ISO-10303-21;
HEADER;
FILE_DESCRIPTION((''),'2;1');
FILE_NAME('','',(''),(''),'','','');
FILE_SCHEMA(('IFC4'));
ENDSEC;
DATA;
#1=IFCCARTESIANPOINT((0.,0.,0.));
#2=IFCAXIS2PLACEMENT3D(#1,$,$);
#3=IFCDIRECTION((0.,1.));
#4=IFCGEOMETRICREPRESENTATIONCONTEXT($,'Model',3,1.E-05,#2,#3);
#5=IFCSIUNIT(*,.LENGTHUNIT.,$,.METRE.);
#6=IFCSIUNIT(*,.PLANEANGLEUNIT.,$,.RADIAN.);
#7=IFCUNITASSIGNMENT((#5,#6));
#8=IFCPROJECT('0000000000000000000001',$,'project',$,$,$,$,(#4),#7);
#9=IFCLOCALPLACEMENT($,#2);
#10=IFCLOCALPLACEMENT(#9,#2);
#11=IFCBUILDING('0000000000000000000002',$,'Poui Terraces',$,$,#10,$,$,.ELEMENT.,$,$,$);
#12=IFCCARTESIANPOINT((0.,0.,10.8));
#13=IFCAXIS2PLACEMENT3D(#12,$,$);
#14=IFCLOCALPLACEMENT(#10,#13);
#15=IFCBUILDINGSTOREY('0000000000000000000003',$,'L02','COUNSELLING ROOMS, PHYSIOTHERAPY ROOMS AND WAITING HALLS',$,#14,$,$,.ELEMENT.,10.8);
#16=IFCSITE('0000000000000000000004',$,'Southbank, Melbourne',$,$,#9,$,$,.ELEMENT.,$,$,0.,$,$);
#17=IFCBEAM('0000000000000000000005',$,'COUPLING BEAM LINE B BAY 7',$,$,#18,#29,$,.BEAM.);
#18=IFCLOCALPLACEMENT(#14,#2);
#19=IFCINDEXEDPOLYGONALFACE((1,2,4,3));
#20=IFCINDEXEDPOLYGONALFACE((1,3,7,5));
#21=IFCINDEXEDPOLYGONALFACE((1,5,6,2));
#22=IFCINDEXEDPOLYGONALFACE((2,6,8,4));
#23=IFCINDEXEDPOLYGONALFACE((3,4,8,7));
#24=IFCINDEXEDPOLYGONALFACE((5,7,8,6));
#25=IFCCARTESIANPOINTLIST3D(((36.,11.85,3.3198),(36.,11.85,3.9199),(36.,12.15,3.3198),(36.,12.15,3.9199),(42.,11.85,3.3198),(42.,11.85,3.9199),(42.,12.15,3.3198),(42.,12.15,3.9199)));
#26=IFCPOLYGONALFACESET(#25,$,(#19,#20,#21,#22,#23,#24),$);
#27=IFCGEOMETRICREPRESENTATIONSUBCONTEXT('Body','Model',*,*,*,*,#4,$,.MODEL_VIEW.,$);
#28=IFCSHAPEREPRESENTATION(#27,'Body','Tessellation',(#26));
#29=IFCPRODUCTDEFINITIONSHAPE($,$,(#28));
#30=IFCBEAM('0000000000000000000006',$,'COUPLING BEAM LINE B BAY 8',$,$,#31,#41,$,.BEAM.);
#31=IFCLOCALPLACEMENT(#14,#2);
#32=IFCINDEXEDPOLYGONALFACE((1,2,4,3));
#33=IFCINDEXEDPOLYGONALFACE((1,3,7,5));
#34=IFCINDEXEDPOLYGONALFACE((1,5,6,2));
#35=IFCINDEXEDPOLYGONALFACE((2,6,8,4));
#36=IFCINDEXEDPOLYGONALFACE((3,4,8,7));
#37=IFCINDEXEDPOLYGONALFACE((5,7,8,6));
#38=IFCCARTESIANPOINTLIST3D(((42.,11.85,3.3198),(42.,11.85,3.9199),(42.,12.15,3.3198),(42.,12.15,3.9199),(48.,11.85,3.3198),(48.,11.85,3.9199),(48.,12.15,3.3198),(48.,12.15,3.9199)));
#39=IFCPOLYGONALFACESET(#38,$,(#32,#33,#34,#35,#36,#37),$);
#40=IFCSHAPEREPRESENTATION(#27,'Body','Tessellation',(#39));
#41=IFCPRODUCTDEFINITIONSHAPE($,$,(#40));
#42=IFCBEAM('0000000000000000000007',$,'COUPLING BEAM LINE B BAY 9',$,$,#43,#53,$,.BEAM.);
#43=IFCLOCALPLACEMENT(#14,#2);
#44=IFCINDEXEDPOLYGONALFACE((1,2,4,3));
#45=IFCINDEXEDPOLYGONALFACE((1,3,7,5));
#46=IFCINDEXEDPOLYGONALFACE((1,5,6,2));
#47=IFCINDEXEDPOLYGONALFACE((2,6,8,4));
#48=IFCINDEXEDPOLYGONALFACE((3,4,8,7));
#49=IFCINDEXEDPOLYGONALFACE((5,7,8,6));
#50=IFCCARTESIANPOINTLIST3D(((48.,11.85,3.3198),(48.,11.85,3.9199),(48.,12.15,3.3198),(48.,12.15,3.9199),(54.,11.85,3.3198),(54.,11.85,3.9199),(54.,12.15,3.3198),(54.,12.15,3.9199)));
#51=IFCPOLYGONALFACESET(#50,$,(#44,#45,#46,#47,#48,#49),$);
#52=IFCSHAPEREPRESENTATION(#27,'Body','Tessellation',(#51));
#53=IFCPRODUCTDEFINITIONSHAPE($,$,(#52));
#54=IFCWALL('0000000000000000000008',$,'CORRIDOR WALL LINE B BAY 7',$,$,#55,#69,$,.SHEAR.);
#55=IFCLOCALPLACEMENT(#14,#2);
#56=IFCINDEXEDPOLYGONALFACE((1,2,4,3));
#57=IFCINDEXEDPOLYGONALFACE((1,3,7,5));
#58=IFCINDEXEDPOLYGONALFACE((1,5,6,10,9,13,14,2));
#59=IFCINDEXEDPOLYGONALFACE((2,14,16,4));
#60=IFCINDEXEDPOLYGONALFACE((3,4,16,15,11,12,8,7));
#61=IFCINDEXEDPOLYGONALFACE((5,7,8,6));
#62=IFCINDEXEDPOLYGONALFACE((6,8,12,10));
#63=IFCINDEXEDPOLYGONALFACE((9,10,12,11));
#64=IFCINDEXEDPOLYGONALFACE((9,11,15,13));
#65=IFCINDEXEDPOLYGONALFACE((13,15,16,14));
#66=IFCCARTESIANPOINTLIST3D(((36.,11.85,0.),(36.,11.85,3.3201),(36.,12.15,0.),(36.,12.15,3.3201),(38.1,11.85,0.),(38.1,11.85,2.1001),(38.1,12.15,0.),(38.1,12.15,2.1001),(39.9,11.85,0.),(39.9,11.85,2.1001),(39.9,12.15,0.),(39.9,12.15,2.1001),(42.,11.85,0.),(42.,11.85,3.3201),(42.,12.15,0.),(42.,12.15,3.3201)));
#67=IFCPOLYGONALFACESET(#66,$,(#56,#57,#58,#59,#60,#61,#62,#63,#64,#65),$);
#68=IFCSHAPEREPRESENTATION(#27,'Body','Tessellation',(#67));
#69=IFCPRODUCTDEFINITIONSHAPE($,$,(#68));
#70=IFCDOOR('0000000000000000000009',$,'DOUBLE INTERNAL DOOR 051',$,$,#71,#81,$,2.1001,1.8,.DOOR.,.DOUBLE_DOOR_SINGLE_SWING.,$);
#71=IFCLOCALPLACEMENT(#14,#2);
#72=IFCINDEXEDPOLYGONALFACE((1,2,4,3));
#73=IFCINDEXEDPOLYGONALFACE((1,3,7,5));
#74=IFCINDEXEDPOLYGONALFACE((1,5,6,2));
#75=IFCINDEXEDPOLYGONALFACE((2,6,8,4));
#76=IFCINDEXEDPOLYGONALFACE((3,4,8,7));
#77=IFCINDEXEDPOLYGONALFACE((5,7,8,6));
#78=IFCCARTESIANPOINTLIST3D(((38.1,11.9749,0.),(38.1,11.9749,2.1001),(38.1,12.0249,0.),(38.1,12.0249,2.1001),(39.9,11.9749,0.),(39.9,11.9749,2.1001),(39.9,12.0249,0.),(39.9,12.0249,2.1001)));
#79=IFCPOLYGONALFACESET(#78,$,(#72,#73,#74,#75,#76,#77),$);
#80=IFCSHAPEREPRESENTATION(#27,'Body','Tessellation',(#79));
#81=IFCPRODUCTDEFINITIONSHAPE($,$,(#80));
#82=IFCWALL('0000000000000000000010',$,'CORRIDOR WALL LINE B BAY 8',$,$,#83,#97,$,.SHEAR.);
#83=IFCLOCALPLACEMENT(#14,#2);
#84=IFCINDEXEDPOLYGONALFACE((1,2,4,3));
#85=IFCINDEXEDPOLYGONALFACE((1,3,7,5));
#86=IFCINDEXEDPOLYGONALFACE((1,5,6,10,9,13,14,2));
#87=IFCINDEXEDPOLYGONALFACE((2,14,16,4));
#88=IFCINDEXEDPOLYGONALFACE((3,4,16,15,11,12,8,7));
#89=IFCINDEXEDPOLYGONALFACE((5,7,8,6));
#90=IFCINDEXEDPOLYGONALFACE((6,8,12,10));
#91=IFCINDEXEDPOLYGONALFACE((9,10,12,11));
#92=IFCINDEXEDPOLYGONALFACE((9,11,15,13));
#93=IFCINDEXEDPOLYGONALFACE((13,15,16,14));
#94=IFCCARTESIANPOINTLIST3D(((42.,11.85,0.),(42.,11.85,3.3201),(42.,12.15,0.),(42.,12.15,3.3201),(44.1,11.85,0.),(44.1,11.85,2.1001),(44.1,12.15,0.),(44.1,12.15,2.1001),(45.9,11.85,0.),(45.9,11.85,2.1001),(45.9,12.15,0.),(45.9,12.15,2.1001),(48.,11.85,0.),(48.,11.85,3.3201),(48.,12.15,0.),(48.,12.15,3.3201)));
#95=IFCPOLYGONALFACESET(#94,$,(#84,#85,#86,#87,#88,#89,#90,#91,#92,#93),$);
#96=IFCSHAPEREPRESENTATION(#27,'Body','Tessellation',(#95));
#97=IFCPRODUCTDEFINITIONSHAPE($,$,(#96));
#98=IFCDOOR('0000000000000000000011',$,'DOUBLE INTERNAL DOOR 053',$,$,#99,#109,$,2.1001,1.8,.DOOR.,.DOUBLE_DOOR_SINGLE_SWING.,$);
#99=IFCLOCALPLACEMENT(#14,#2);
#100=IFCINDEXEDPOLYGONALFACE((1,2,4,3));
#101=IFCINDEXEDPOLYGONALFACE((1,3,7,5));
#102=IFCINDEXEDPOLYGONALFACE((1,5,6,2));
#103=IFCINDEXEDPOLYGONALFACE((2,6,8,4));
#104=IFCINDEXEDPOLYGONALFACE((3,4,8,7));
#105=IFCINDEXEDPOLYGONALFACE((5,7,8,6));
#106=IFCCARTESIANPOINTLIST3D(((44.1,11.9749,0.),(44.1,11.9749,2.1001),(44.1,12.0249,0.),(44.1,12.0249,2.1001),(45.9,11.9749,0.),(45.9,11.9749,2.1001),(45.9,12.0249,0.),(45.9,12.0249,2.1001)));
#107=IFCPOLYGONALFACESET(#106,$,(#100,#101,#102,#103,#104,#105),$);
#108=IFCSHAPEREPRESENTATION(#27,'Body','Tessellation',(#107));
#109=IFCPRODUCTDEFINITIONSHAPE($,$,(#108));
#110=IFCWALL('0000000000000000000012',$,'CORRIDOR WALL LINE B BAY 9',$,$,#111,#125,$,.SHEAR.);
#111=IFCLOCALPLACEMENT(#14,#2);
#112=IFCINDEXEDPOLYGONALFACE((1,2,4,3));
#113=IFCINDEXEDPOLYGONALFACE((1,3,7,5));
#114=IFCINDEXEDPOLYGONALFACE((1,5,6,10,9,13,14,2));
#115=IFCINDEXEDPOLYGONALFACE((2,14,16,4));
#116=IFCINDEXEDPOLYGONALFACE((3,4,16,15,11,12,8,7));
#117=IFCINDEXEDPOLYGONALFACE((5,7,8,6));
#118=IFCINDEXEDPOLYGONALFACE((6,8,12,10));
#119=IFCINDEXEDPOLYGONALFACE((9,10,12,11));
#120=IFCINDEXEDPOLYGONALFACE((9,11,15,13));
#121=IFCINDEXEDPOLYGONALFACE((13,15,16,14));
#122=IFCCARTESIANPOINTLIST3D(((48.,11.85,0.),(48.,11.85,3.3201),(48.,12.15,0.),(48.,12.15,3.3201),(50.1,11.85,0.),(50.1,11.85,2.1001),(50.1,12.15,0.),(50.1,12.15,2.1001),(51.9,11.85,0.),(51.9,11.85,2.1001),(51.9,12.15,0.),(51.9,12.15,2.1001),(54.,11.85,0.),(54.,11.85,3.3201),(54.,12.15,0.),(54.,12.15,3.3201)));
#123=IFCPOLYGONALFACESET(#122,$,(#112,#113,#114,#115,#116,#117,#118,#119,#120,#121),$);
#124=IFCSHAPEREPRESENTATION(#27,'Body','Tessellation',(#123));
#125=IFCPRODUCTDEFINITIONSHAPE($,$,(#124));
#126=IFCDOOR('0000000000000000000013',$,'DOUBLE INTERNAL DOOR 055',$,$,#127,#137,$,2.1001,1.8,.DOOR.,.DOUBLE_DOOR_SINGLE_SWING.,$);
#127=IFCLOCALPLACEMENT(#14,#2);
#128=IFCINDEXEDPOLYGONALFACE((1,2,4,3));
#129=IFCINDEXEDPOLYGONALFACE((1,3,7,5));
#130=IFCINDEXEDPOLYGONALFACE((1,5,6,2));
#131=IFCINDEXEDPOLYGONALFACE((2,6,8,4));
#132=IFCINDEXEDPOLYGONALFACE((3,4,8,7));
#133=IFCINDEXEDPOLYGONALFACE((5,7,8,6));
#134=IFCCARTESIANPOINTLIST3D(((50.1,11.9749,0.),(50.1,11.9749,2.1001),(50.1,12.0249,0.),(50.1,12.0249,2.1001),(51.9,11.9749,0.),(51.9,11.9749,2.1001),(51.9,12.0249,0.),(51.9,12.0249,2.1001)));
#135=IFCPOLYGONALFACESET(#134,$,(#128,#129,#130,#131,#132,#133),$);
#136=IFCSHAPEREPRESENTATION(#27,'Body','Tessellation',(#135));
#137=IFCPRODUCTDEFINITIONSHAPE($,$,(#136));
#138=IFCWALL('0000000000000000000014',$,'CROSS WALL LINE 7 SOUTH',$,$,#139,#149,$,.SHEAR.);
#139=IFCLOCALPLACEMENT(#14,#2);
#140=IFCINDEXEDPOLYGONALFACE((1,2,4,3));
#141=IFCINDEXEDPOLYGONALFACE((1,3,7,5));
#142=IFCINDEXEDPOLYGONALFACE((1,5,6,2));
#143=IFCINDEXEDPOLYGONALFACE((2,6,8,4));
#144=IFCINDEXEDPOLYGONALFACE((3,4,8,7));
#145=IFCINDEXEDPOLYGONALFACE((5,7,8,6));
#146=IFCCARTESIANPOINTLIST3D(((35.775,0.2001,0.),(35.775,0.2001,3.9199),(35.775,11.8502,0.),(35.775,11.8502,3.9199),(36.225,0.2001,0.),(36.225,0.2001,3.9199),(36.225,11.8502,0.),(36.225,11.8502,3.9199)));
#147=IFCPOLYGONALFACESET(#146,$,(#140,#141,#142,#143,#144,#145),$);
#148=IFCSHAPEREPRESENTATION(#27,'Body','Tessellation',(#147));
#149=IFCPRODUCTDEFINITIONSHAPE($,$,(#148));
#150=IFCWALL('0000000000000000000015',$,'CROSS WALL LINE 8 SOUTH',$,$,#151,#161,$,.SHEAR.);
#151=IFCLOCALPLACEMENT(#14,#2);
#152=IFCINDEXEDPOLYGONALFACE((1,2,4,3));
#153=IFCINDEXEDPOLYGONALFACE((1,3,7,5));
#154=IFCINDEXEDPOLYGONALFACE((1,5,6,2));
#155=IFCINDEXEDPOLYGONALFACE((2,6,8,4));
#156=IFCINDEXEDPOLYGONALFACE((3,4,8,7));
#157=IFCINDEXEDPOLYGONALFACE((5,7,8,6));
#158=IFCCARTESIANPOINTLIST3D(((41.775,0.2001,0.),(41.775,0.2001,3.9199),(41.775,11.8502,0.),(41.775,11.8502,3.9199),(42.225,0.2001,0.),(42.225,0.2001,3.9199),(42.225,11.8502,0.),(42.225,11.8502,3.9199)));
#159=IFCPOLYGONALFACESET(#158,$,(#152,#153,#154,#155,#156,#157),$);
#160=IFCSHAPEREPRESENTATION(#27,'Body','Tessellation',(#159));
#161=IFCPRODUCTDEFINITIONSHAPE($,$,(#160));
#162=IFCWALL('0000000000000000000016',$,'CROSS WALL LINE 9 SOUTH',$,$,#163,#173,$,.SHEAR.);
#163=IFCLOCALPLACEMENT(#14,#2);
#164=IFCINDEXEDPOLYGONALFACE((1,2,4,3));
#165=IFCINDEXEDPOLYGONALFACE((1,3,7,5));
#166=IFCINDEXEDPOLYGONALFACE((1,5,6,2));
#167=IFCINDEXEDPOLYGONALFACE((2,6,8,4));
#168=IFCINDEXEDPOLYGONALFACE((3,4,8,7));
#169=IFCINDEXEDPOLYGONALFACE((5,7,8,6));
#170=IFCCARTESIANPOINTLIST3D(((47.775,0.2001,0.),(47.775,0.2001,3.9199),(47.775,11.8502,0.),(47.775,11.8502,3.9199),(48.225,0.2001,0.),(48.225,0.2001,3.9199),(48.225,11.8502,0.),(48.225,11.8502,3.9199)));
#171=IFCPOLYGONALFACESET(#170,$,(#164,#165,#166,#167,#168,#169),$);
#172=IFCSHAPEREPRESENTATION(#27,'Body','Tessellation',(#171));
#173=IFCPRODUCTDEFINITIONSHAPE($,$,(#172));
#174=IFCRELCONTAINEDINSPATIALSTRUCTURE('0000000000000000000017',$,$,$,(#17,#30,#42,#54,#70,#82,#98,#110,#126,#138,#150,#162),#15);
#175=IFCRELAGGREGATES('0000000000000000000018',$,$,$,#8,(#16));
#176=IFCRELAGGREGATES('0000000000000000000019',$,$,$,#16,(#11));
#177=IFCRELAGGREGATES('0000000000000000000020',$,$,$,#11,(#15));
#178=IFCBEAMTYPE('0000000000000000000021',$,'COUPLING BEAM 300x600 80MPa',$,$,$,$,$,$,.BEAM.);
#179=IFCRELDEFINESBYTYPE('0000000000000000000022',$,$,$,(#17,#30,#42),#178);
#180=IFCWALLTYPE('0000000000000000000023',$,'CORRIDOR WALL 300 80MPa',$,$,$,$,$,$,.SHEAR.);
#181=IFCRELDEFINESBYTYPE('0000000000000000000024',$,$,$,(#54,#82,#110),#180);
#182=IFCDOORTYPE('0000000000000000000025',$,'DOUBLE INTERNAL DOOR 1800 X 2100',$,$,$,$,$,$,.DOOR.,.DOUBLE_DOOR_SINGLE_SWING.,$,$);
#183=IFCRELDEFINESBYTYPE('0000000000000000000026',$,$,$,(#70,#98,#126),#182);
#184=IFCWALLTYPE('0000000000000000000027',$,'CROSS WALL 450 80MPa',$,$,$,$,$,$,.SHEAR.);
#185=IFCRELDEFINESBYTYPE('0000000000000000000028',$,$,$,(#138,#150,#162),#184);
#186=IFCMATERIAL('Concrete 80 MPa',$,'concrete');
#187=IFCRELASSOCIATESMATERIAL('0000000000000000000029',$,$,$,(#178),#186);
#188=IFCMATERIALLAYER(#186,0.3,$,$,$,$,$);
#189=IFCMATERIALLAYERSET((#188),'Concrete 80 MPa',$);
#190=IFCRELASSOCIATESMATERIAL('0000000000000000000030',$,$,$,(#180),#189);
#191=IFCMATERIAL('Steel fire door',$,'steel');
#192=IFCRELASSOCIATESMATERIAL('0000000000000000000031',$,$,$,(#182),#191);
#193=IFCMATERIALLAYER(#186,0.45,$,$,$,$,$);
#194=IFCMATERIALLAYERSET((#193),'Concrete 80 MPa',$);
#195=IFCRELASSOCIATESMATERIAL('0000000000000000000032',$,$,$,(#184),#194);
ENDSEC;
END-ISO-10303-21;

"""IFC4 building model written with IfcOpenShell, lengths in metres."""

from ifc_helpers import new_model, si_unit, direction, frame, frame_2d, origin, origin_2d, place, context, subcontext, project, spatial, rectangle, extrude, source, transform, mapped, material, layer, layer_set, material_profile, profile_set, type_object, element, fill, save


model = new_model("IFC4")

# Units and contexts
model_context = context("Model", 3, precision=1e-05, world=origin(), true_north=direction((0.0, 1.0)))
body_context = subcontext(model_context, "Body", "Model", "MODEL_VIEW")
ifc_project = project(units=[si_unit("LENGTHUNIT", "METRE"), si_unit("PLANEANGLEUNIT", "RADIAN")], contexts=[model_context])

# Site, building, storey
site_placement = place(None, origin())
site = spatial("IfcSite", under=ifc_project, at=site_placement, Name="Southbank, Melbourne", CompositionType="ELEMENT", RefElevation=0.0)
building_placement = place(site_placement, origin())
building = spatial("IfcBuilding", under=site, at=building_placement, Name="Poui Terraces", CompositionType="ELEMENT")
storey_placement = place(building_placement, frame((0.0, 0.0, 10.8)))
storey = spatial("IfcBuildingStorey", under=building, at=storey_placement, Name="L02", Description="COUNSELLING ROOMS, PHYSIOTHERAPY ROOMS AND WAITING HALLS", CompositionType="ELEMENT", Elevation=10.8)

# Beams
ifc_material_1 = material(Name="Concrete 80 MPa", Category="concrete")
ifc_material_profile = material_profile(ifc_material_1, rectangle(XDim=0.3, YDim=0.6001, at=origin_2d()), Name="RC 300x600")
ifc_profile_set = profile_set([ifc_material_profile], Name="Concrete 80 MPa")
beam_type = type_object("IfcBeamType", Name="COUPLING BEAM 300x600 80MPa", PredefinedType="BEAM", material=ifc_profile_set)
shared_shape = source(origin(), body_context, "Body", "SweptSolid", [
    extrude(rectangle(XDim=0.3, YDim=0.6001, at=origin_2d()), origin(), (0.0, 0.0, 1.0), 6.0),
])
for number, where, z_axis, x_axis, name in (
    (1, (36.0, 12.0, 3.6199), (1.0, 0.0, 0.0), (0.0, 1.0, 0.0), "COUPLING BEAM LINE B BAY 7"),
    (2, (42.0, 12.0, 3.6199), (1.0, 0.0, 0.0), (0.0, 1.0, 0.0), "COUPLING BEAM LINE B BAY 8"),
    (3, (48.0, 12.0, 3.6199), (1.0, 0.0, 0.0), (0.0, 1.0, 0.0), "COUPLING BEAM LINE B BAY 9"),
):
    element("IfcBeam", number, at=place(storey_placement, frame(where, z_axis=z_axis, x_axis=x_axis)), inside=storey, type_object=beam_type, Name=name, PredefinedType="BEAM", context=body_context, shape_type="MappedRepresentation", body=[
        mapped(shared_shape, transform((0.0, 0.0, 0.0))),
    ])

# Walls, openings, doors
ifc_layer_1 = layer(ifc_material_1, 0.3)
ifc_layer_set_1 = layer_set([ifc_layer_1], Name="Concrete 80 MPa")
wall_type_1 = type_object("IfcWallType", Name="CORRIDOR WALL 300 80MPa", PredefinedType="SHEAR", material=ifc_layer_set_1)
wall_1_placement = place(storey_placement, frame((36.0, 12.0, 0.0), z_axis=(0.0, 0.0, 1.0), x_axis=(1.0, 0.0, 0.0)))
wall_1 = element("IfcWall", 4, at=wall_1_placement, inside=storey, type_object=wall_type_1, Name="CORRIDOR WALL LINE B BAY 7", PredefinedType="SHEAR", context=body_context, shape_type="SweptSolid", body=[
    extrude(rectangle(XDim=6.0, YDim=0.3, at=frame_2d((3.0, 0.0))), origin(), (0.0, 0.0, 1.0), 3.3201),
])
opening_1_placement = place(wall_1_placement, frame((2.1001, 0.0, 0.0)))
opening_1 = element("IfcOpeningElement", 5, at=opening_1_placement, cuts=wall_1, PredefinedType="OPENING", context=body_context, shape_type="SweptSolid", body=[
    extrude(rectangle(XDim=1.8, YDim=2.1001, at=frame_2d((0.8999, 1.05))), frame((0.0, 0.1602, 0.0), z_axis=(0.0, -1.0, 0.0), x_axis=(1.0, 0.0, 0.0)), (0.0, 0.0, 1.0), 0.3201),
])
ifc_material_2 = material(Name="Steel fire door", Category="steel")
door_type_1 = type_object("IfcDoorType", Name="DOUBLE INTERNAL DOOR 1800 X 2100", OperationType="DOUBLE_DOOR_SINGLE_SWING", PredefinedType="DOOR", material=ifc_material_2)
door_1_placement = place(opening_1_placement, origin())
door_1 = element("IfcDoor", 6, at=door_1_placement, inside=storey, type_object=door_type_1, Name="DOUBLE INTERNAL DOOR 051", OperationType="DOUBLE_DOOR_SINGLE_SWING", OverallHeight=2.1001, OverallWidth=1.8, PredefinedType="DOOR", context=body_context, shape_type="SweptSolid", body=[
    extrude(rectangle(XDim=1.8, YDim=2.1001, at=frame_2d((0.8999, 1.05))), frame((0.0, 0.0249, 0.0), z_axis=(0.0, -1.0, 0.0), x_axis=(1.0, 0.0, 0.0)), (0.0, 0.0, 1.0), 0.05),
])
fill(opening_1, door_1)
wall_2_placement = place(storey_placement, frame((42.0, 12.0, 0.0), z_axis=(0.0, 0.0, 1.0), x_axis=(1.0, 0.0, 0.0)))
wall_2 = element("IfcWall", 7, at=wall_2_placement, inside=storey, type_object=wall_type_1, Name="CORRIDOR WALL LINE B BAY 8", PredefinedType="SHEAR", context=body_context, shape_type="SweptSolid", body=[
    extrude(rectangle(XDim=6.0, YDim=0.3, at=frame_2d((3.0, 0.0))), origin(), (0.0, 0.0, 1.0), 3.3201),
])
opening_2_placement = place(wall_2_placement, frame((2.1001, 0.0, 0.0)))
opening_2 = element("IfcOpeningElement", 8, at=opening_2_placement, cuts=wall_2, PredefinedType="OPENING", context=body_context, shape_type="SweptSolid", body=[
    extrude(rectangle(XDim=1.8, YDim=2.1001, at=frame_2d((0.8999, 1.05))), frame((0.0, 0.1602, 0.0), z_axis=(0.0, -1.0, 0.0), x_axis=(1.0, 0.0, 0.0)), (0.0, 0.0, 1.0), 0.3201),
])
door_2_placement = place(opening_2_placement, origin())
door_2 = element("IfcDoor", 9, at=door_2_placement, inside=storey, type_object=door_type_1, Name="DOUBLE INTERNAL DOOR 053", OperationType="DOUBLE_DOOR_SINGLE_SWING", OverallHeight=2.1001, OverallWidth=1.8, PredefinedType="DOOR", context=body_context, shape_type="SweptSolid", body=[
    extrude(rectangle(XDim=1.8, YDim=2.1001, at=frame_2d((0.8999, 1.05))), frame((0.0, 0.0249, 0.0), z_axis=(0.0, -1.0, 0.0), x_axis=(1.0, 0.0, 0.0)), (0.0, 0.0, 1.0), 0.05),
])
fill(opening_2, door_2)
wall_3_placement = place(storey_placement, frame((48.0, 12.0, 0.0), z_axis=(0.0, 0.0, 1.0), x_axis=(1.0, 0.0, 0.0)))
wall_3 = element("IfcWall", 10, at=wall_3_placement, inside=storey, type_object=wall_type_1, Name="CORRIDOR WALL LINE B BAY 9", PredefinedType="SHEAR", context=body_context, shape_type="SweptSolid", body=[
    extrude(rectangle(XDim=6.0, YDim=0.3, at=frame_2d((3.0, 0.0))), origin(), (0.0, 0.0, 1.0), 3.3201),
])
opening_3_placement = place(wall_3_placement, frame((2.1001, 0.0, 0.0)))
opening_3 = element("IfcOpeningElement", 11, at=opening_3_placement, cuts=wall_3, PredefinedType="OPENING", context=body_context, shape_type="SweptSolid", body=[
    extrude(rectangle(XDim=1.8, YDim=2.1001, at=frame_2d((0.8999, 1.05))), frame((0.0, 0.1602, 0.0), z_axis=(0.0, -1.0, 0.0), x_axis=(1.0, 0.0, 0.0)), (0.0, 0.0, 1.0), 0.3201),
])
door_3_placement = place(opening_3_placement, origin())
door_3 = element("IfcDoor", 12, at=door_3_placement, inside=storey, type_object=door_type_1, Name="DOUBLE INTERNAL DOOR 055", OperationType="DOUBLE_DOOR_SINGLE_SWING", OverallHeight=2.1001, OverallWidth=1.8, PredefinedType="DOOR", context=body_context, shape_type="SweptSolid", body=[
    extrude(rectangle(XDim=1.8, YDim=2.1001, at=frame_2d((0.8999, 1.05))), frame((0.0, 0.0249, 0.0), z_axis=(0.0, -1.0, 0.0), x_axis=(1.0, 0.0, 0.0)), (0.0, 0.0, 1.0), 0.05),
])
fill(opening_3, door_3)

# Walls
ifc_layer_2 = layer(ifc_material_1, 0.45)
ifc_layer_set_2 = layer_set([ifc_layer_2], Name="Concrete 80 MPa")
wall_type_2 = type_object("IfcWallType", Name="CROSS WALL 450 80MPa", PredefinedType="SHEAR", material=ifc_layer_set_2)
for number, where, z_axis, x_axis, name in (
    (13, (36.0, 0.2, 0.0), (0.0, 0.0, 1.0), (0.0, 1.0, 0.0), "CROSS WALL LINE 7 SOUTH"),
    (14, (42.0, 0.2, 0.0), (0.0, 0.0, 1.0), (0.0, 1.0, 0.0), "CROSS WALL LINE 8 SOUTH"),
    (15, (48.0, 0.2, 0.0), (0.0, 0.0, 1.0), (0.0, 1.0, 0.0), "CROSS WALL LINE 9 SOUTH"),
):
    element("IfcWall", number, at=place(storey_placement, frame(where, z_axis=z_axis, x_axis=x_axis)), inside=storey, type_object=wall_type_2, Name=name, PredefinedType="SHEAR", context=body_context, shape_type="SweptSolid", body=[
        extrude(rectangle(XDim=11.6501, YDim=0.45, at=frame_2d((5.8252, 0.0))), origin(), (0.0, 0.0, 1.0), 3.9199),
    ])

save(model, "model.ifc")
